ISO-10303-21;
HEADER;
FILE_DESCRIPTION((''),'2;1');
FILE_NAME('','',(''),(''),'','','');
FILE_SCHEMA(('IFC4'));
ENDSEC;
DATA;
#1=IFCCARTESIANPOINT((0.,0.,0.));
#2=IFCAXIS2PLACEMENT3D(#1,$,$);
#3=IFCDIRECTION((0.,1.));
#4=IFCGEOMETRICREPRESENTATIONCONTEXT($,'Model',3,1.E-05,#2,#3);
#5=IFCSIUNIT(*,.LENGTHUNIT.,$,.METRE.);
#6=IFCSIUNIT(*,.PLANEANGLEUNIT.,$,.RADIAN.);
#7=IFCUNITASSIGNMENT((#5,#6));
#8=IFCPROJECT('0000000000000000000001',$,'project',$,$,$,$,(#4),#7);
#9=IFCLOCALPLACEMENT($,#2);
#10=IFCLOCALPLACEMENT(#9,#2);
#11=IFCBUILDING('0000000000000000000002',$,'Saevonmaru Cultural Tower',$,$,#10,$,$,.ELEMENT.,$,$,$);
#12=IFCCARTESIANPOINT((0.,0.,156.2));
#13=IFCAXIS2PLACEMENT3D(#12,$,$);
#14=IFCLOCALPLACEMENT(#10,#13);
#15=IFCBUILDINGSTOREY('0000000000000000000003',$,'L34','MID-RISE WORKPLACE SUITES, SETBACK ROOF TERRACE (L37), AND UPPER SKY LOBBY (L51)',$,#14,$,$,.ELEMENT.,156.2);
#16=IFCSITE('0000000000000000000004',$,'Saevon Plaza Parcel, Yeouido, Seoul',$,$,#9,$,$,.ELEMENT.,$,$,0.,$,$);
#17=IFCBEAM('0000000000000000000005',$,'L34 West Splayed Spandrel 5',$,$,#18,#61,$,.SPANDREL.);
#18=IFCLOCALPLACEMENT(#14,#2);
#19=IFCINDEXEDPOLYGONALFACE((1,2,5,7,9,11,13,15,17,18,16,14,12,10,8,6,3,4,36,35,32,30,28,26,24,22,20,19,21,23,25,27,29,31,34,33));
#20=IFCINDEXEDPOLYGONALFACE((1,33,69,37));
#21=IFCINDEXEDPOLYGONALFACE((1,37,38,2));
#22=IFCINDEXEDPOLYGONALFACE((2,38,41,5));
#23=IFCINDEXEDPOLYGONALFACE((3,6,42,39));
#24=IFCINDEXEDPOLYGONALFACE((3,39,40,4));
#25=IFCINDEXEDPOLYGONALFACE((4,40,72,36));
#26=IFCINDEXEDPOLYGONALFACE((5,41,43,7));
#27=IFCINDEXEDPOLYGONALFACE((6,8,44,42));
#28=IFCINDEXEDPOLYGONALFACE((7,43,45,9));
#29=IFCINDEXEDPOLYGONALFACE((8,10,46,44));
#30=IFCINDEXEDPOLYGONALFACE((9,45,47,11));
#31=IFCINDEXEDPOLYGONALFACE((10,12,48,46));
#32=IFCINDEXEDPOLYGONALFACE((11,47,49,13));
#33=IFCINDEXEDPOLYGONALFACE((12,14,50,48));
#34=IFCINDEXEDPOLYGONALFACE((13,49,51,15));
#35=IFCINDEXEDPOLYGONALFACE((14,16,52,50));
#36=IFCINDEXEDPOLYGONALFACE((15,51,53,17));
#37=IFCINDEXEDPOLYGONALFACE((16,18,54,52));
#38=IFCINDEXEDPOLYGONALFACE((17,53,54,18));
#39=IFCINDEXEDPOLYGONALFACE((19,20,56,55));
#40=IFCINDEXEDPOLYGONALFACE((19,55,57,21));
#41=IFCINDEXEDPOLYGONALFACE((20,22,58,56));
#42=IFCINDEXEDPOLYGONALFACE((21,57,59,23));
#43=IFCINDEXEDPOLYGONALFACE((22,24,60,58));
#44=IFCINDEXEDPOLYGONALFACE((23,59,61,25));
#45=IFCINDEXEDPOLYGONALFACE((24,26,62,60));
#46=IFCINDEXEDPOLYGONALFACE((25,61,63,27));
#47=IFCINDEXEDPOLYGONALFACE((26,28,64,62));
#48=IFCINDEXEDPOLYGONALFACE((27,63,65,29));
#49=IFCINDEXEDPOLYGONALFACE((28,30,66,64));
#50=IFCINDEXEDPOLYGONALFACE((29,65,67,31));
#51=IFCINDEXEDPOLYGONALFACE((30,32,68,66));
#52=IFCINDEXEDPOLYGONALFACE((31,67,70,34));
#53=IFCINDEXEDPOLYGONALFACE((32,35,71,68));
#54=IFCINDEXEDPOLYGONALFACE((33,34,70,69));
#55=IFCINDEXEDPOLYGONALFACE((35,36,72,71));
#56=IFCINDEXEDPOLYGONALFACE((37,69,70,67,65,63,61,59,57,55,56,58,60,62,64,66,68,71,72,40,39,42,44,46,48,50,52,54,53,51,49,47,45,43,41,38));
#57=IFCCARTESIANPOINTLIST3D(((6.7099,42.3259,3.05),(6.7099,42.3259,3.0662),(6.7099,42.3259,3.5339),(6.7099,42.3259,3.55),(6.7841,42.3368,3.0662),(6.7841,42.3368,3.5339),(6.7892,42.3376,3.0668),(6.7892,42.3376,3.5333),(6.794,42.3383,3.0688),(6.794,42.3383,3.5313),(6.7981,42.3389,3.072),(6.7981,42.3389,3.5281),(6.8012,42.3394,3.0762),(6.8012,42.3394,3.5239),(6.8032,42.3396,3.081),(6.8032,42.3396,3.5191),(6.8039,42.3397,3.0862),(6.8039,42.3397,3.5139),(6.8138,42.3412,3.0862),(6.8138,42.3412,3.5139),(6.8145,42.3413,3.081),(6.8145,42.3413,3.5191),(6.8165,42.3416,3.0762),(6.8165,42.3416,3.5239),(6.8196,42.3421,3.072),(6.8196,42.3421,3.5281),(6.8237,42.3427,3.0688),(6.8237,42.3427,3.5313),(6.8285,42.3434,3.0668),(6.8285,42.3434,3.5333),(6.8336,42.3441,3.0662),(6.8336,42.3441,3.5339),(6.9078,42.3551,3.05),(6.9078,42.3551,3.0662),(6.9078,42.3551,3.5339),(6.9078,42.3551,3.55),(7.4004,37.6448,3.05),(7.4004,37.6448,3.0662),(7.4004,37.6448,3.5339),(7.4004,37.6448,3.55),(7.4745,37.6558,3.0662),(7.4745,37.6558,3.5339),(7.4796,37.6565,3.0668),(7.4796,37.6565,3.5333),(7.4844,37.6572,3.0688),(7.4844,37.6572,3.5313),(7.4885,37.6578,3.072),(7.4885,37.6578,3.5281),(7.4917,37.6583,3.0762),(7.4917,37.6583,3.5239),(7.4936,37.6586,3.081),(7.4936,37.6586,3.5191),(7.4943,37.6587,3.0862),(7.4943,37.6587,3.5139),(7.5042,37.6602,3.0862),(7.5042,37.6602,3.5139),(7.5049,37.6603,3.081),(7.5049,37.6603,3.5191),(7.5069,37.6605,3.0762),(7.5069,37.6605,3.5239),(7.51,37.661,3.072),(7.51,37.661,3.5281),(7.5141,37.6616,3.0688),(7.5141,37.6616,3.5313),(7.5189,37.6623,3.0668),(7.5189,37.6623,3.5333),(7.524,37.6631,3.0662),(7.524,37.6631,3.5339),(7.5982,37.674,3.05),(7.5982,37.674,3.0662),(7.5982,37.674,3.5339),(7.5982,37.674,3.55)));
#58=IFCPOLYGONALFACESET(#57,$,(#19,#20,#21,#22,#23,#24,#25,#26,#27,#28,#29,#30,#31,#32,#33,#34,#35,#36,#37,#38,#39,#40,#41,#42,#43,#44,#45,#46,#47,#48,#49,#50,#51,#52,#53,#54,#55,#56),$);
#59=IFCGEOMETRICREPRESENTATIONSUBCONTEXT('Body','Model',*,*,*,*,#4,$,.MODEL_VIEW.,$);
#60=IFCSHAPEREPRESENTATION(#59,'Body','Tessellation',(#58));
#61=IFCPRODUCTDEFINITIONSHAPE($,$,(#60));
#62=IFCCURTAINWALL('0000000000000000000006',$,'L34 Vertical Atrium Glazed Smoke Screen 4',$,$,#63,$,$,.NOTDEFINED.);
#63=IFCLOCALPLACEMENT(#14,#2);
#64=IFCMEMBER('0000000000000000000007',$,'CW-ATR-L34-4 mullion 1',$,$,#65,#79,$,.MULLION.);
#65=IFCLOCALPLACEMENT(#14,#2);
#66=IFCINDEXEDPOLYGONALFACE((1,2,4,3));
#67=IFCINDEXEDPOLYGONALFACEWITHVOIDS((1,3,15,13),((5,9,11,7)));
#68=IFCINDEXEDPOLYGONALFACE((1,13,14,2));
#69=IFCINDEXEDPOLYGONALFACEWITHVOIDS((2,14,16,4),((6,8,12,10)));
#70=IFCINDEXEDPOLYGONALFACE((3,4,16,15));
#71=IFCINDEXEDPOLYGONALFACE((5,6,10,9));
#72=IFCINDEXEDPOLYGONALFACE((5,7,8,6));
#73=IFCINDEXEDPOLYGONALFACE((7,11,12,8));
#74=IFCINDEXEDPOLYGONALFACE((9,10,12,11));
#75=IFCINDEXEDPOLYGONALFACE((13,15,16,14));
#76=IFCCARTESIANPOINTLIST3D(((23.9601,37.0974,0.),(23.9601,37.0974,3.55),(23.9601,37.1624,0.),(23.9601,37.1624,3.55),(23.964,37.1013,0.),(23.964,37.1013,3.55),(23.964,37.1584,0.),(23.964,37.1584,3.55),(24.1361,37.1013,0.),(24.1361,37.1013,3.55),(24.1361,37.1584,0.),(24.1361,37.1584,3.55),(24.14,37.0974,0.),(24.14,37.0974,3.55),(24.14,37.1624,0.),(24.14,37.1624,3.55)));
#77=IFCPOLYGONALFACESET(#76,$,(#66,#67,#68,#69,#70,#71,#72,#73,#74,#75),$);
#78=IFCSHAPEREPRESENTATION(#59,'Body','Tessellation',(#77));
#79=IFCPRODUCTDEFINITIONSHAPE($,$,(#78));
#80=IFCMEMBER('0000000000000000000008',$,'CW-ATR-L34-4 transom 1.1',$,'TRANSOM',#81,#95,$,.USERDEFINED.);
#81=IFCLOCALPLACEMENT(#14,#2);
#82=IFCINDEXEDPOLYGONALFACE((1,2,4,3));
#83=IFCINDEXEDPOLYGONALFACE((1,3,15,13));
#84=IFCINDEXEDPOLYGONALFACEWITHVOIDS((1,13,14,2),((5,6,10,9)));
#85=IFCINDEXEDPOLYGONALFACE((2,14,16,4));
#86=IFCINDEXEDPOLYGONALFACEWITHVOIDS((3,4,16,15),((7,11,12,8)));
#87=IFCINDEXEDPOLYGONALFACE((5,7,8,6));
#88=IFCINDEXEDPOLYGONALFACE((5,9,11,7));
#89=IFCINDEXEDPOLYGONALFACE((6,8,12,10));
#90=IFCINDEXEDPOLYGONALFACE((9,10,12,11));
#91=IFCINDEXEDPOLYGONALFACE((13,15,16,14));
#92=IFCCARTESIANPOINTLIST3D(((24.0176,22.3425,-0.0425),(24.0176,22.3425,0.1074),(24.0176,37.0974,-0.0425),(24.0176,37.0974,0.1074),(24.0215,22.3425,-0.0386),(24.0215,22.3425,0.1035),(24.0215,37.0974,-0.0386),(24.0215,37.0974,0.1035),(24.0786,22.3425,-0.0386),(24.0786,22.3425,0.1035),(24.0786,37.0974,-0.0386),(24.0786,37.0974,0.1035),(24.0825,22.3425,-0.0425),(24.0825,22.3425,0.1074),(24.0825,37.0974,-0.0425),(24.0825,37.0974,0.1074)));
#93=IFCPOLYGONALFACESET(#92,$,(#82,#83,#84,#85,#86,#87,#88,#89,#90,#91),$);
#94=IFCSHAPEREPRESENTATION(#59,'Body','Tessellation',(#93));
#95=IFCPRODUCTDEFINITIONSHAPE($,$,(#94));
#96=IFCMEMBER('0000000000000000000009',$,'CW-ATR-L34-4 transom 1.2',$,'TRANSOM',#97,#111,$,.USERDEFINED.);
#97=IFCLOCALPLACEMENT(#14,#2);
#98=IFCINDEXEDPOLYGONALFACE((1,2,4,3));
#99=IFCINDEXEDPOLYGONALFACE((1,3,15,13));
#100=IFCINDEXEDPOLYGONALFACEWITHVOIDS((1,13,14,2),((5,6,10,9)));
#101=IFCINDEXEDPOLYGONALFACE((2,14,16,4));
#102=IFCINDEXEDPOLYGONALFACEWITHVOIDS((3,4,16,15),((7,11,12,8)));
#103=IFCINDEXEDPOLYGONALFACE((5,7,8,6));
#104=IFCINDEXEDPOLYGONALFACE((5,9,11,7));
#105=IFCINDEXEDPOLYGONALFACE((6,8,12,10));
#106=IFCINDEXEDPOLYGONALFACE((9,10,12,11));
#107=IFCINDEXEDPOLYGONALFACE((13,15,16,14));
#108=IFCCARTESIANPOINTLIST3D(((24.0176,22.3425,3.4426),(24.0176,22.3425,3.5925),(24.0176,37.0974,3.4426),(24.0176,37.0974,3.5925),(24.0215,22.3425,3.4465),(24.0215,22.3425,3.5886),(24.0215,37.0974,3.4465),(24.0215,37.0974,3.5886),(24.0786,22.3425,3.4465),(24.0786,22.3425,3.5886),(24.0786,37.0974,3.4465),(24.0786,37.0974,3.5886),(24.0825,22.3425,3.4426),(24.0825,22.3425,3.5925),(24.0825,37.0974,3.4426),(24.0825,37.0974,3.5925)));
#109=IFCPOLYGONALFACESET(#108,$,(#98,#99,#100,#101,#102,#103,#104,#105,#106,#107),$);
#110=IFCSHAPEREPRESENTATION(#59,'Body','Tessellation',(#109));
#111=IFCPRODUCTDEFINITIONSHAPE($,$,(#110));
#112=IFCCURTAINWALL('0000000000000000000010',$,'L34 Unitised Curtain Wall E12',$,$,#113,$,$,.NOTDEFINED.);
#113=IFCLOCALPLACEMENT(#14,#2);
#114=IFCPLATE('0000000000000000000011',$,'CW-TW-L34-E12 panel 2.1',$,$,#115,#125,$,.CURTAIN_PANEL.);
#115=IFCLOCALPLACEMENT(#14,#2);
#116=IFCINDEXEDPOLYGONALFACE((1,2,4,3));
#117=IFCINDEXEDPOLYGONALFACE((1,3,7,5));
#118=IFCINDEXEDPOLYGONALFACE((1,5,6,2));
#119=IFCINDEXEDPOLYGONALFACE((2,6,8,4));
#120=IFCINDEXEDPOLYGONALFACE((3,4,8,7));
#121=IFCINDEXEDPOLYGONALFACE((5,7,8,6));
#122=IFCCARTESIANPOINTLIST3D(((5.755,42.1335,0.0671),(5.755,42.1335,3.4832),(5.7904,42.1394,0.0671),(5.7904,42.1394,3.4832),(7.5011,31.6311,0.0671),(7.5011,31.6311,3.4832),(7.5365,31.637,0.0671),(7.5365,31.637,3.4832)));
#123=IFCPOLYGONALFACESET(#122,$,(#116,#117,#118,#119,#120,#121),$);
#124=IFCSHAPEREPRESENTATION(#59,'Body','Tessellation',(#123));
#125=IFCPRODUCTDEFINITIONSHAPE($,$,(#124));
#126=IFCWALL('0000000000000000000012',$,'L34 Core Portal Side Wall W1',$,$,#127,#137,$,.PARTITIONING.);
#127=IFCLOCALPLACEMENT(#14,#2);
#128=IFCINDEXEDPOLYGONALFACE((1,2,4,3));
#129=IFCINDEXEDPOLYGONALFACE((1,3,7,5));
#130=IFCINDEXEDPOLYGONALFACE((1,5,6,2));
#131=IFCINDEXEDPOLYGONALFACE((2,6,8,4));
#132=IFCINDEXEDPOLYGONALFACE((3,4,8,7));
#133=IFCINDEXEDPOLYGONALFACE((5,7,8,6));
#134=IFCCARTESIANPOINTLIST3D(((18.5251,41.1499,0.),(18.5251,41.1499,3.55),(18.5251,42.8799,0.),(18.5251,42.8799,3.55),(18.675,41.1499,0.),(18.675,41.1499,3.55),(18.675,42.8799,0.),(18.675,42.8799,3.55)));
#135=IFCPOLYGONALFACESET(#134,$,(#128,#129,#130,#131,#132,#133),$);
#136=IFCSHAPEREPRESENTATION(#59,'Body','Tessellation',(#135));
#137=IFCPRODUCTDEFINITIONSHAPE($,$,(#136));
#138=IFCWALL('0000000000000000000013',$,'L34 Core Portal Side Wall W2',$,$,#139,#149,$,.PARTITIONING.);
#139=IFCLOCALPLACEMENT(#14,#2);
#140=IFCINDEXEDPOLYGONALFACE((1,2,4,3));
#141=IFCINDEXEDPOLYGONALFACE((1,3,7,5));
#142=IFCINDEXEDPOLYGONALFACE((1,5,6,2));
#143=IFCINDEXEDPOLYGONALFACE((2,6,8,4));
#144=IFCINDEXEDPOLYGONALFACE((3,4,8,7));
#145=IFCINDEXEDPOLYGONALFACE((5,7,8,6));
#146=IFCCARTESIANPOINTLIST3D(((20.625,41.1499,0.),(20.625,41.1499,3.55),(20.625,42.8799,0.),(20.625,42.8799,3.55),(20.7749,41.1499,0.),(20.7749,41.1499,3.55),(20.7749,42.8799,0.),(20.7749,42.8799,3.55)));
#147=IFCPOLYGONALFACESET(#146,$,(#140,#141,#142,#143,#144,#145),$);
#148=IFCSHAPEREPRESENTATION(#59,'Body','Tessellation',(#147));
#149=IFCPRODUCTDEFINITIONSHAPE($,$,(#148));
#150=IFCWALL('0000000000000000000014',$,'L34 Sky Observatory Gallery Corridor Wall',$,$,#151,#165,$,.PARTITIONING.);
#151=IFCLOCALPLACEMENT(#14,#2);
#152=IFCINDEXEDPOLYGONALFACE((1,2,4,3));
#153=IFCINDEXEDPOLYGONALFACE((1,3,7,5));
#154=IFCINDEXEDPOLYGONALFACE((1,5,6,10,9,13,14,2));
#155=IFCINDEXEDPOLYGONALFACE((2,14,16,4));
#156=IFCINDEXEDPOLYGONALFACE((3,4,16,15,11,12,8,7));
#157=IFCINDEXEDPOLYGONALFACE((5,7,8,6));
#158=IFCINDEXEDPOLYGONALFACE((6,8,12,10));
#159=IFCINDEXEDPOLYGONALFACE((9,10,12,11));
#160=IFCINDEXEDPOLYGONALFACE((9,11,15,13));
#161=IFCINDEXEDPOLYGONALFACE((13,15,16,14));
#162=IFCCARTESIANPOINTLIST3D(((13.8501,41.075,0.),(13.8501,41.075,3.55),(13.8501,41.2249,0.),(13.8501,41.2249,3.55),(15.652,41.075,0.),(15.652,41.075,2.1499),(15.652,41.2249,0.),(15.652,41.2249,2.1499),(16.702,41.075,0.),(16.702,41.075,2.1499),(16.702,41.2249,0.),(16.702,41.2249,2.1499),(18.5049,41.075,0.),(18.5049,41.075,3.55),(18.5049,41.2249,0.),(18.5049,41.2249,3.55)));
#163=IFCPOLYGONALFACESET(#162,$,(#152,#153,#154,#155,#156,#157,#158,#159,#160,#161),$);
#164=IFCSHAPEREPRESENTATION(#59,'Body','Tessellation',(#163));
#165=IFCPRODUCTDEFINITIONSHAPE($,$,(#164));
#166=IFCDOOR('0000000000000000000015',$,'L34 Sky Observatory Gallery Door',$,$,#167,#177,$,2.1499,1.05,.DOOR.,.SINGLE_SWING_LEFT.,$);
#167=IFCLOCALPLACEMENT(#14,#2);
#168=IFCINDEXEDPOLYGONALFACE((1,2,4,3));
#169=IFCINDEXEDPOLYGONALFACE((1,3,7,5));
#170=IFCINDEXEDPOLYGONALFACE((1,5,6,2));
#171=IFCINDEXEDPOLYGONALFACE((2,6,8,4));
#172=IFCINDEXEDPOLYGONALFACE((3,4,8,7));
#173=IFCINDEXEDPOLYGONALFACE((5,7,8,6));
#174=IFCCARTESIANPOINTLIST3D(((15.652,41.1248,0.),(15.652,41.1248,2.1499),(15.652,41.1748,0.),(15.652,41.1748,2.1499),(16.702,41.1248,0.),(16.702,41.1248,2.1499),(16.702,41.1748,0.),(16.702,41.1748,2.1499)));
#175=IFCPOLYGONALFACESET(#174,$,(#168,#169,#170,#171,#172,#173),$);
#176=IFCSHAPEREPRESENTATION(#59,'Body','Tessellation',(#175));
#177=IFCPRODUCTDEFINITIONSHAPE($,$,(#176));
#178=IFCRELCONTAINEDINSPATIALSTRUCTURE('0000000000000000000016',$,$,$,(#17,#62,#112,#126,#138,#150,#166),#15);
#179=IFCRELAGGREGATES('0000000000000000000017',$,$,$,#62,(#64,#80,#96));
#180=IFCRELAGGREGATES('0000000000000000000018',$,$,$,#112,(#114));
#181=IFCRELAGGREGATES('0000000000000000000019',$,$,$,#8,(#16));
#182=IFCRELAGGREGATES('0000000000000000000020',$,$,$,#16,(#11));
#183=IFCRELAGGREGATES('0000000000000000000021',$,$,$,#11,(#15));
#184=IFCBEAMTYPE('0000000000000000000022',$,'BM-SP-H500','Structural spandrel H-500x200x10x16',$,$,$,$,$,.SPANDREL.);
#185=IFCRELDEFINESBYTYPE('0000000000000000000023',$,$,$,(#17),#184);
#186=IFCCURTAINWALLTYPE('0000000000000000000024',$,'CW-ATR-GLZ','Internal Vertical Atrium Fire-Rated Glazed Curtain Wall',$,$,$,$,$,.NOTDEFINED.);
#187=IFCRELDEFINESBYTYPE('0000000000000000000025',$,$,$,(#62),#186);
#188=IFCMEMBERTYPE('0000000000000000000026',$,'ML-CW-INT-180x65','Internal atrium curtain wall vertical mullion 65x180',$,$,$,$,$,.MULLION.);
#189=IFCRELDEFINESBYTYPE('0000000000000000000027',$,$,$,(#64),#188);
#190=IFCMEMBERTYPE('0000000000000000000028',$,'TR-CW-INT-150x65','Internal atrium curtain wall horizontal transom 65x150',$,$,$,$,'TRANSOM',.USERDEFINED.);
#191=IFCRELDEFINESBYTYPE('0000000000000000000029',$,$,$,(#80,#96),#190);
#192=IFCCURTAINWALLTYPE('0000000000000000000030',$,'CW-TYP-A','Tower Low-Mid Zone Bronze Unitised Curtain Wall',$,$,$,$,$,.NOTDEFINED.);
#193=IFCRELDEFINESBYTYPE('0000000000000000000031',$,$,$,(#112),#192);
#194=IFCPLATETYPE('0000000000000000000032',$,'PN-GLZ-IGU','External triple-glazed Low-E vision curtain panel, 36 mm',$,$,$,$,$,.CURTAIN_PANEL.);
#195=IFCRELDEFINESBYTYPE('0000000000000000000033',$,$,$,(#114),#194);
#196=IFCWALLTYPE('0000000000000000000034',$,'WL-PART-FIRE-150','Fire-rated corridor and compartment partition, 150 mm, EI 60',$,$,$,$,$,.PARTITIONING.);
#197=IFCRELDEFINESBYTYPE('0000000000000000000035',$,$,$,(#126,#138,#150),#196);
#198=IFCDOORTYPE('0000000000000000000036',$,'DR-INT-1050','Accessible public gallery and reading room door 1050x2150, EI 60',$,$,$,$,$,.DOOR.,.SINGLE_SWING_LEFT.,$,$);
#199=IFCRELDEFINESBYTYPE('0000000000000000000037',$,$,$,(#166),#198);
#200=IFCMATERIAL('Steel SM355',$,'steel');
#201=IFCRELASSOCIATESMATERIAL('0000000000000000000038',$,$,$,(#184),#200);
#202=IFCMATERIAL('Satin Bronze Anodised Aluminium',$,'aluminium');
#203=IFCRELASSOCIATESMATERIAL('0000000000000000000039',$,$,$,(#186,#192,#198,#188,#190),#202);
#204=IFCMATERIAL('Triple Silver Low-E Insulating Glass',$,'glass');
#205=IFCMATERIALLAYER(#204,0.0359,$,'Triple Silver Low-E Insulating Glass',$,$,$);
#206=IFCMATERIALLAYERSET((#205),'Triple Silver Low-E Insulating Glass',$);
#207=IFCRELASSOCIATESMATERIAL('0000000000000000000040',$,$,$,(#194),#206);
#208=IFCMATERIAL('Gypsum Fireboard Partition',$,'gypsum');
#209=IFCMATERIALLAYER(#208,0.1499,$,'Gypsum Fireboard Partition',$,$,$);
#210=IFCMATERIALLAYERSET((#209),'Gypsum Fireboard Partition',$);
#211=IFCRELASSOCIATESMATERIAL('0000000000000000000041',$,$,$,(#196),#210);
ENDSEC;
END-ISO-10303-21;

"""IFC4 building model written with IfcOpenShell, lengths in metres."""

from ifc_helpers import new_model, si_unit, direction, frame, frame_2d, origin, origin_2d, place, context, subcontext, project, spatial, rectangle, hollow_rectangle, i_section, extrude, material, layer, layer_set, material_profile, profile_set, type_object, element, fill, aggregate, save


model = new_model("IFC4")

# Units and contexts
model_context = context("Model", 3, precision=1e-05, world=origin(), true_north=direction((0.0, 1.0)))
body_context = subcontext(model_context, "Body", "Model", "MODEL_VIEW")
ifc_project = project(units=[si_unit("LENGTHUNIT", "METRE"), si_unit("PLANEANGLEUNIT", "RADIAN")], contexts=[model_context])

# Site, building, storey
site_placement = place(None, origin())
site = spatial("IfcSite", under=ifc_project, at=site_placement, Name="Saevon Plaza Parcel, Yeouido, Seoul", CompositionType="ELEMENT", RefElevation=0.0)
building_placement = place(site_placement, origin())
building = spatial("IfcBuilding", under=site, at=building_placement, Name="Saevonmaru Cultural Tower", CompositionType="ELEMENT")
storey_placement = place(building_placement, frame((0.0, 0.0, 156.2)))
storey = spatial("IfcBuildingStorey", under=building, at=storey_placement, Name="L34", Description="MID-RISE WORKPLACE SUITES, SETBACK ROOF TERRACE (L37), AND UPPER SKY LOBBY (L51)", CompositionType="ELEMENT", Elevation=156.2)

# Shared definitions
ifc_material_1 = material(Name="Steel SM355", Category="steel")

# Beam
ifc_material_profile_1 = material_profile(ifc_material_1, i_section(OverallWidth=0.2, OverallDepth=0.5, WebThickness=0.01, FlangeThickness=0.0161, FilletRadius=0.02, at=origin_2d()), Name="H-500x200x10x16")
ifc_profile_set_1 = profile_set([ifc_material_profile_1], Name="Steel SM355")
beam_type_1 = type_object("IfcBeamType", Name="BM-SP-H500", Description="Structural spandrel H-500x200x10x16", PredefinedType="SPANDREL", material=ifc_profile_set_1)
beam_1_placement = place(storey_placement, frame((7.4993, 37.6594, 3.3), z_axis=(-0.145913, 0.989297, 0.0), x_axis=(-0.989297, -0.145913, 0.0)))
element("IfcBeam", 1, at=beam_1_placement, inside=storey, type_object=beam_type_1, Name="L34 West Splayed Spandrel 5", PredefinedType="SPANDREL", context=body_context, shape_type="SweptSolid", body=[
    extrude(i_section(OverallWidth=0.2, OverallDepth=0.5, WebThickness=0.01, FlangeThickness=0.0161, FilletRadius=0.02, at=origin_2d()), origin(), (0.0, 0.0, 1.0), 4.7317),
])

# Curtain wall, members
ifc_material_2 = material(Name="Satin Bronze Anodised Aluminium", Category="aluminium")
curtain_wall_type_1 = type_object("IfcCurtainWallType", Name="CW-ATR-GLZ", Description="Internal Vertical Atrium Fire-Rated Glazed Curtain Wall", PredefinedType="NOTDEFINED", material=ifc_material_2)
curtain_wall_1_placement = place(storey_placement, origin())
curtain_wall_1 = element("IfcCurtainWall", 2, at=curtain_wall_1_placement, inside=storey, type_object=curtain_wall_type_1, Name="L34 Vertical Atrium Glazed Smoke Screen 4", PredefinedType="NOTDEFINED")
ifc_material_profile_2 = material_profile(ifc_material_2, hollow_rectangle(XDim=0.0649, YDim=0.1799, WallThickness=0.0039, at=origin_2d()), Name="ALU-MULL-180x65x4")
ifc_profile_set_2 = profile_set([ifc_material_profile_2], Name="Satin Bronze Anodised Aluminium")
member_type_1 = type_object("IfcMemberType", Name="ML-CW-INT-180x65", Description="Internal atrium curtain wall vertical mullion 65x180", PredefinedType="MULLION", material=ifc_profile_set_2)
member_1_placement = place(storey_placement, frame((24.05, 37.1299, 0.0), z_axis=(0.0, 0.0, 1.0), x_axis=(0.0, -1.0, 0.0)))
member_1 = element("IfcMember", 3, at=member_1_placement, type_object=member_type_1, Name="CW-ATR-L34-4 mullion 1", PredefinedType="MULLION", context=body_context, shape_type="SweptSolid", body=[
    extrude(hollow_rectangle(XDim=0.0649, YDim=0.1799, WallThickness=0.0039, at=origin_2d()), origin(), (0.0, 0.0, 1.0), 3.55),
])
ifc_material_profile_3 = material_profile(ifc_material_2, hollow_rectangle(XDim=0.0649, YDim=0.1499, WallThickness=0.0039, at=origin_2d()), Name="ALU-TRAN-150x65x4")
ifc_profile_set_3 = profile_set([ifc_material_profile_3], Name="Satin Bronze Anodised Aluminium")
member_type_2 = type_object("IfcMemberType", Name="TR-CW-INT-150x65", Description="Internal atrium curtain wall horizontal transom 65x150", ElementType="TRANSOM", PredefinedType="USERDEFINED", material=ifc_profile_set_3)
member_2_placement = place(storey_placement, frame((24.05, 37.0974, 0.0325), z_axis=(0.0, -1.0, 0.0), x_axis=(1.0, 0.0, 0.0)))
member_2 = element("IfcMember", 4, at=member_2_placement, type_object=member_type_2, Name="CW-ATR-L34-4 transom 1.1", ObjectType="TRANSOM", PredefinedType="USERDEFINED", context=body_context, shape_type="SweptSolid", body=[
    extrude(hollow_rectangle(XDim=0.0649, YDim=0.1499, WallThickness=0.0039, at=origin_2d()), origin(), (0.0, 0.0, 1.0), 14.7549),
])
member_3_placement = place(storey_placement, frame((24.05, 37.0974, 3.5176), z_axis=(0.0, -1.0, 0.0), x_axis=(1.0, 0.0, 0.0)))
member_3 = element("IfcMember", 5, at=member_3_placement, type_object=member_type_2, Name="CW-ATR-L34-4 transom 1.2", ObjectType="TRANSOM", PredefinedType="USERDEFINED", context=body_context, shape_type="SweptSolid", body=[
    extrude(hollow_rectangle(XDim=0.0649, YDim=0.1499, WallThickness=0.0039, at=origin_2d()), origin(), (0.0, 0.0, 1.0), 14.7549),
])
aggregate(curtain_wall_1, [member_1, member_2, member_3])

# Curtain wall, plate
curtain_wall_type_2 = type_object("IfcCurtainWallType", Name="CW-TYP-A", Description="Tower Low-Mid Zone Bronze Unitised Curtain Wall", PredefinedType="NOTDEFINED", material=ifc_material_2)
curtain_wall_2_placement = place(storey_placement, origin())
curtain_wall_2 = element("IfcCurtainWall", 6, at=curtain_wall_2_placement, inside=storey, type_object=curtain_wall_type_2, Name="L34 Unitised Curtain Wall E12", PredefinedType="NOTDEFINED")
ifc_material_3 = material(Name="Triple Silver Low-E Insulating Glass", Category="glass")
ifc_layer_1 = layer(ifc_material_3, 0.0359, Name="Triple Silver Low-E Insulating Glass")
ifc_layer_set_1 = layer_set([ifc_layer_1], Name="Triple Silver Low-E Insulating Glass")
plate_type = type_object("IfcPlateType", Name="PN-GLZ-IGU", Description="External triple-glazed Low-E vision curtain panel, 36 mm", PredefinedType="CURTAIN_PANEL", material=ifc_layer_set_1)
plate_placement = place(storey_placement, frame((6.6458, 36.8853, 0.0671), z_axis=(0.0, 0.0, 1.0), x_axis=(0.163999, -0.986461, 0.0)))
plate = element("IfcPlate", 7, at=plate_placement, type_object=plate_type, Name="CW-TW-L34-E12 panel 2.1", PredefinedType="CURTAIN_PANEL", context=body_context, shape_type="SweptSolid", body=[
    extrude(rectangle(XDim=10.6465, YDim=0.0359, at=origin_2d()), origin(), (0.0, 0.0, 1.0), 3.416),
])
aggregate(curtain_wall_2, [plate])

# Shared definitions
ifc_material_4 = material(Name="Gypsum Fireboard Partition", Category="gypsum")
ifc_layer_2 = layer(ifc_material_4, 0.1499, Name="Gypsum Fireboard Partition")
ifc_layer_set_2 = layer_set([ifc_layer_2], Name="Gypsum Fireboard Partition")
wall_type_1 = type_object("IfcWallType", Name="WL-PART-FIRE-150", Description="Fire-rated corridor and compartment partition, 150 mm, EI 60", PredefinedType="PARTITIONING", material=ifc_layer_set_2)
door_type = type_object("IfcDoorType", Name="DR-INT-1050", Description="Accessible public gallery and reading room door 1050x2150, EI 60", OperationType="SINGLE_SWING_LEFT", PredefinedType="DOOR", material=ifc_material_2)

# Walls
for number, where, z_axis, x_axis, name in (
    (8, (18.6001, 41.1499, 0.0), (0.0, 0.0, 1.0), (0.0, 1.0, 0.0), "L34 Core Portal Side Wall W1"),
    (9, (20.7, 41.1499, 0.0), (0.0, 0.0, 1.0), (0.0, 1.0, 0.0), "L34 Core Portal Side Wall W2"),
):
    element("IfcWall", number, at=place(storey_placement, frame(where, z_axis=z_axis, x_axis=x_axis)), inside=storey, type_object=wall_type_1, Name=name, PredefinedType="PARTITIONING", context=body_context, shape_type="SweptSolid", body=[
        extrude(rectangle(XDim=1.73, YDim=0.1499, at=frame_2d((0.865, 0.0))), origin(), (0.0, 0.0, 1.0), 3.55),
    ])

# Wall, opening, door
wall_1_placement = place(storey_placement, frame((13.8501, 41.1499, 0.0), z_axis=(0.0, 0.0, 1.0), x_axis=(1.0, 0.0, 0.0)))
wall_1 = element("IfcWall", 10, at=wall_1_placement, inside=storey, type_object=wall_type_1, Name="L34 Sky Observatory Gallery Corridor Wall", PredefinedType="PARTITIONING", context=body_context, shape_type="SweptSolid", body=[
    extrude(rectangle(XDim=4.6548, YDim=0.1499, at=frame_2d((2.3274, 0.0))), origin(), (0.0, 0.0, 1.0), 3.55),
])
opening_1_placement = place(wall_1_placement, frame((1.802, 0.0, 0.0)))
opening_1 = element("IfcOpeningElement", 11, at=opening_1_placement, cuts=wall_1, PredefinedType="OPENING", context=body_context, shape_type="SweptSolid", body=[
    extrude(rectangle(XDim=1.05, YDim=2.1499, at=frame_2d((0.5249, 1.075))), frame((0.0, 0.085, 0.0), z_axis=(0.0, -1.0, 0.0), x_axis=(1.0, 0.0, 0.0)), (0.0, 0.0, 1.0), 0.1699),
])
door_1_placement = place(opening_1_placement, origin())
door_1 = element("IfcDoor", 12, at=door_1_placement, inside=storey, type_object=door_type, Name="L34 Sky Observatory Gallery Door", OperationType="SINGLE_SWING_LEFT", OverallHeight=2.1499, OverallWidth=1.05, PredefinedType="DOOR", context=body_context, shape_type="SweptSolid", body=[
    extrude(rectangle(XDim=1.05, YDim=2.1499, at=frame_2d((0.5249, 1.075))), frame((0.0, 0.0249, 0.0), z_axis=(0.0, -1.0, 0.0), x_axis=(1.0, 0.0, 0.0)), (0.0, 0.0, 1.0), 0.05),
])
fill(opening_1, door_1)

save(model, "model.ifc")
